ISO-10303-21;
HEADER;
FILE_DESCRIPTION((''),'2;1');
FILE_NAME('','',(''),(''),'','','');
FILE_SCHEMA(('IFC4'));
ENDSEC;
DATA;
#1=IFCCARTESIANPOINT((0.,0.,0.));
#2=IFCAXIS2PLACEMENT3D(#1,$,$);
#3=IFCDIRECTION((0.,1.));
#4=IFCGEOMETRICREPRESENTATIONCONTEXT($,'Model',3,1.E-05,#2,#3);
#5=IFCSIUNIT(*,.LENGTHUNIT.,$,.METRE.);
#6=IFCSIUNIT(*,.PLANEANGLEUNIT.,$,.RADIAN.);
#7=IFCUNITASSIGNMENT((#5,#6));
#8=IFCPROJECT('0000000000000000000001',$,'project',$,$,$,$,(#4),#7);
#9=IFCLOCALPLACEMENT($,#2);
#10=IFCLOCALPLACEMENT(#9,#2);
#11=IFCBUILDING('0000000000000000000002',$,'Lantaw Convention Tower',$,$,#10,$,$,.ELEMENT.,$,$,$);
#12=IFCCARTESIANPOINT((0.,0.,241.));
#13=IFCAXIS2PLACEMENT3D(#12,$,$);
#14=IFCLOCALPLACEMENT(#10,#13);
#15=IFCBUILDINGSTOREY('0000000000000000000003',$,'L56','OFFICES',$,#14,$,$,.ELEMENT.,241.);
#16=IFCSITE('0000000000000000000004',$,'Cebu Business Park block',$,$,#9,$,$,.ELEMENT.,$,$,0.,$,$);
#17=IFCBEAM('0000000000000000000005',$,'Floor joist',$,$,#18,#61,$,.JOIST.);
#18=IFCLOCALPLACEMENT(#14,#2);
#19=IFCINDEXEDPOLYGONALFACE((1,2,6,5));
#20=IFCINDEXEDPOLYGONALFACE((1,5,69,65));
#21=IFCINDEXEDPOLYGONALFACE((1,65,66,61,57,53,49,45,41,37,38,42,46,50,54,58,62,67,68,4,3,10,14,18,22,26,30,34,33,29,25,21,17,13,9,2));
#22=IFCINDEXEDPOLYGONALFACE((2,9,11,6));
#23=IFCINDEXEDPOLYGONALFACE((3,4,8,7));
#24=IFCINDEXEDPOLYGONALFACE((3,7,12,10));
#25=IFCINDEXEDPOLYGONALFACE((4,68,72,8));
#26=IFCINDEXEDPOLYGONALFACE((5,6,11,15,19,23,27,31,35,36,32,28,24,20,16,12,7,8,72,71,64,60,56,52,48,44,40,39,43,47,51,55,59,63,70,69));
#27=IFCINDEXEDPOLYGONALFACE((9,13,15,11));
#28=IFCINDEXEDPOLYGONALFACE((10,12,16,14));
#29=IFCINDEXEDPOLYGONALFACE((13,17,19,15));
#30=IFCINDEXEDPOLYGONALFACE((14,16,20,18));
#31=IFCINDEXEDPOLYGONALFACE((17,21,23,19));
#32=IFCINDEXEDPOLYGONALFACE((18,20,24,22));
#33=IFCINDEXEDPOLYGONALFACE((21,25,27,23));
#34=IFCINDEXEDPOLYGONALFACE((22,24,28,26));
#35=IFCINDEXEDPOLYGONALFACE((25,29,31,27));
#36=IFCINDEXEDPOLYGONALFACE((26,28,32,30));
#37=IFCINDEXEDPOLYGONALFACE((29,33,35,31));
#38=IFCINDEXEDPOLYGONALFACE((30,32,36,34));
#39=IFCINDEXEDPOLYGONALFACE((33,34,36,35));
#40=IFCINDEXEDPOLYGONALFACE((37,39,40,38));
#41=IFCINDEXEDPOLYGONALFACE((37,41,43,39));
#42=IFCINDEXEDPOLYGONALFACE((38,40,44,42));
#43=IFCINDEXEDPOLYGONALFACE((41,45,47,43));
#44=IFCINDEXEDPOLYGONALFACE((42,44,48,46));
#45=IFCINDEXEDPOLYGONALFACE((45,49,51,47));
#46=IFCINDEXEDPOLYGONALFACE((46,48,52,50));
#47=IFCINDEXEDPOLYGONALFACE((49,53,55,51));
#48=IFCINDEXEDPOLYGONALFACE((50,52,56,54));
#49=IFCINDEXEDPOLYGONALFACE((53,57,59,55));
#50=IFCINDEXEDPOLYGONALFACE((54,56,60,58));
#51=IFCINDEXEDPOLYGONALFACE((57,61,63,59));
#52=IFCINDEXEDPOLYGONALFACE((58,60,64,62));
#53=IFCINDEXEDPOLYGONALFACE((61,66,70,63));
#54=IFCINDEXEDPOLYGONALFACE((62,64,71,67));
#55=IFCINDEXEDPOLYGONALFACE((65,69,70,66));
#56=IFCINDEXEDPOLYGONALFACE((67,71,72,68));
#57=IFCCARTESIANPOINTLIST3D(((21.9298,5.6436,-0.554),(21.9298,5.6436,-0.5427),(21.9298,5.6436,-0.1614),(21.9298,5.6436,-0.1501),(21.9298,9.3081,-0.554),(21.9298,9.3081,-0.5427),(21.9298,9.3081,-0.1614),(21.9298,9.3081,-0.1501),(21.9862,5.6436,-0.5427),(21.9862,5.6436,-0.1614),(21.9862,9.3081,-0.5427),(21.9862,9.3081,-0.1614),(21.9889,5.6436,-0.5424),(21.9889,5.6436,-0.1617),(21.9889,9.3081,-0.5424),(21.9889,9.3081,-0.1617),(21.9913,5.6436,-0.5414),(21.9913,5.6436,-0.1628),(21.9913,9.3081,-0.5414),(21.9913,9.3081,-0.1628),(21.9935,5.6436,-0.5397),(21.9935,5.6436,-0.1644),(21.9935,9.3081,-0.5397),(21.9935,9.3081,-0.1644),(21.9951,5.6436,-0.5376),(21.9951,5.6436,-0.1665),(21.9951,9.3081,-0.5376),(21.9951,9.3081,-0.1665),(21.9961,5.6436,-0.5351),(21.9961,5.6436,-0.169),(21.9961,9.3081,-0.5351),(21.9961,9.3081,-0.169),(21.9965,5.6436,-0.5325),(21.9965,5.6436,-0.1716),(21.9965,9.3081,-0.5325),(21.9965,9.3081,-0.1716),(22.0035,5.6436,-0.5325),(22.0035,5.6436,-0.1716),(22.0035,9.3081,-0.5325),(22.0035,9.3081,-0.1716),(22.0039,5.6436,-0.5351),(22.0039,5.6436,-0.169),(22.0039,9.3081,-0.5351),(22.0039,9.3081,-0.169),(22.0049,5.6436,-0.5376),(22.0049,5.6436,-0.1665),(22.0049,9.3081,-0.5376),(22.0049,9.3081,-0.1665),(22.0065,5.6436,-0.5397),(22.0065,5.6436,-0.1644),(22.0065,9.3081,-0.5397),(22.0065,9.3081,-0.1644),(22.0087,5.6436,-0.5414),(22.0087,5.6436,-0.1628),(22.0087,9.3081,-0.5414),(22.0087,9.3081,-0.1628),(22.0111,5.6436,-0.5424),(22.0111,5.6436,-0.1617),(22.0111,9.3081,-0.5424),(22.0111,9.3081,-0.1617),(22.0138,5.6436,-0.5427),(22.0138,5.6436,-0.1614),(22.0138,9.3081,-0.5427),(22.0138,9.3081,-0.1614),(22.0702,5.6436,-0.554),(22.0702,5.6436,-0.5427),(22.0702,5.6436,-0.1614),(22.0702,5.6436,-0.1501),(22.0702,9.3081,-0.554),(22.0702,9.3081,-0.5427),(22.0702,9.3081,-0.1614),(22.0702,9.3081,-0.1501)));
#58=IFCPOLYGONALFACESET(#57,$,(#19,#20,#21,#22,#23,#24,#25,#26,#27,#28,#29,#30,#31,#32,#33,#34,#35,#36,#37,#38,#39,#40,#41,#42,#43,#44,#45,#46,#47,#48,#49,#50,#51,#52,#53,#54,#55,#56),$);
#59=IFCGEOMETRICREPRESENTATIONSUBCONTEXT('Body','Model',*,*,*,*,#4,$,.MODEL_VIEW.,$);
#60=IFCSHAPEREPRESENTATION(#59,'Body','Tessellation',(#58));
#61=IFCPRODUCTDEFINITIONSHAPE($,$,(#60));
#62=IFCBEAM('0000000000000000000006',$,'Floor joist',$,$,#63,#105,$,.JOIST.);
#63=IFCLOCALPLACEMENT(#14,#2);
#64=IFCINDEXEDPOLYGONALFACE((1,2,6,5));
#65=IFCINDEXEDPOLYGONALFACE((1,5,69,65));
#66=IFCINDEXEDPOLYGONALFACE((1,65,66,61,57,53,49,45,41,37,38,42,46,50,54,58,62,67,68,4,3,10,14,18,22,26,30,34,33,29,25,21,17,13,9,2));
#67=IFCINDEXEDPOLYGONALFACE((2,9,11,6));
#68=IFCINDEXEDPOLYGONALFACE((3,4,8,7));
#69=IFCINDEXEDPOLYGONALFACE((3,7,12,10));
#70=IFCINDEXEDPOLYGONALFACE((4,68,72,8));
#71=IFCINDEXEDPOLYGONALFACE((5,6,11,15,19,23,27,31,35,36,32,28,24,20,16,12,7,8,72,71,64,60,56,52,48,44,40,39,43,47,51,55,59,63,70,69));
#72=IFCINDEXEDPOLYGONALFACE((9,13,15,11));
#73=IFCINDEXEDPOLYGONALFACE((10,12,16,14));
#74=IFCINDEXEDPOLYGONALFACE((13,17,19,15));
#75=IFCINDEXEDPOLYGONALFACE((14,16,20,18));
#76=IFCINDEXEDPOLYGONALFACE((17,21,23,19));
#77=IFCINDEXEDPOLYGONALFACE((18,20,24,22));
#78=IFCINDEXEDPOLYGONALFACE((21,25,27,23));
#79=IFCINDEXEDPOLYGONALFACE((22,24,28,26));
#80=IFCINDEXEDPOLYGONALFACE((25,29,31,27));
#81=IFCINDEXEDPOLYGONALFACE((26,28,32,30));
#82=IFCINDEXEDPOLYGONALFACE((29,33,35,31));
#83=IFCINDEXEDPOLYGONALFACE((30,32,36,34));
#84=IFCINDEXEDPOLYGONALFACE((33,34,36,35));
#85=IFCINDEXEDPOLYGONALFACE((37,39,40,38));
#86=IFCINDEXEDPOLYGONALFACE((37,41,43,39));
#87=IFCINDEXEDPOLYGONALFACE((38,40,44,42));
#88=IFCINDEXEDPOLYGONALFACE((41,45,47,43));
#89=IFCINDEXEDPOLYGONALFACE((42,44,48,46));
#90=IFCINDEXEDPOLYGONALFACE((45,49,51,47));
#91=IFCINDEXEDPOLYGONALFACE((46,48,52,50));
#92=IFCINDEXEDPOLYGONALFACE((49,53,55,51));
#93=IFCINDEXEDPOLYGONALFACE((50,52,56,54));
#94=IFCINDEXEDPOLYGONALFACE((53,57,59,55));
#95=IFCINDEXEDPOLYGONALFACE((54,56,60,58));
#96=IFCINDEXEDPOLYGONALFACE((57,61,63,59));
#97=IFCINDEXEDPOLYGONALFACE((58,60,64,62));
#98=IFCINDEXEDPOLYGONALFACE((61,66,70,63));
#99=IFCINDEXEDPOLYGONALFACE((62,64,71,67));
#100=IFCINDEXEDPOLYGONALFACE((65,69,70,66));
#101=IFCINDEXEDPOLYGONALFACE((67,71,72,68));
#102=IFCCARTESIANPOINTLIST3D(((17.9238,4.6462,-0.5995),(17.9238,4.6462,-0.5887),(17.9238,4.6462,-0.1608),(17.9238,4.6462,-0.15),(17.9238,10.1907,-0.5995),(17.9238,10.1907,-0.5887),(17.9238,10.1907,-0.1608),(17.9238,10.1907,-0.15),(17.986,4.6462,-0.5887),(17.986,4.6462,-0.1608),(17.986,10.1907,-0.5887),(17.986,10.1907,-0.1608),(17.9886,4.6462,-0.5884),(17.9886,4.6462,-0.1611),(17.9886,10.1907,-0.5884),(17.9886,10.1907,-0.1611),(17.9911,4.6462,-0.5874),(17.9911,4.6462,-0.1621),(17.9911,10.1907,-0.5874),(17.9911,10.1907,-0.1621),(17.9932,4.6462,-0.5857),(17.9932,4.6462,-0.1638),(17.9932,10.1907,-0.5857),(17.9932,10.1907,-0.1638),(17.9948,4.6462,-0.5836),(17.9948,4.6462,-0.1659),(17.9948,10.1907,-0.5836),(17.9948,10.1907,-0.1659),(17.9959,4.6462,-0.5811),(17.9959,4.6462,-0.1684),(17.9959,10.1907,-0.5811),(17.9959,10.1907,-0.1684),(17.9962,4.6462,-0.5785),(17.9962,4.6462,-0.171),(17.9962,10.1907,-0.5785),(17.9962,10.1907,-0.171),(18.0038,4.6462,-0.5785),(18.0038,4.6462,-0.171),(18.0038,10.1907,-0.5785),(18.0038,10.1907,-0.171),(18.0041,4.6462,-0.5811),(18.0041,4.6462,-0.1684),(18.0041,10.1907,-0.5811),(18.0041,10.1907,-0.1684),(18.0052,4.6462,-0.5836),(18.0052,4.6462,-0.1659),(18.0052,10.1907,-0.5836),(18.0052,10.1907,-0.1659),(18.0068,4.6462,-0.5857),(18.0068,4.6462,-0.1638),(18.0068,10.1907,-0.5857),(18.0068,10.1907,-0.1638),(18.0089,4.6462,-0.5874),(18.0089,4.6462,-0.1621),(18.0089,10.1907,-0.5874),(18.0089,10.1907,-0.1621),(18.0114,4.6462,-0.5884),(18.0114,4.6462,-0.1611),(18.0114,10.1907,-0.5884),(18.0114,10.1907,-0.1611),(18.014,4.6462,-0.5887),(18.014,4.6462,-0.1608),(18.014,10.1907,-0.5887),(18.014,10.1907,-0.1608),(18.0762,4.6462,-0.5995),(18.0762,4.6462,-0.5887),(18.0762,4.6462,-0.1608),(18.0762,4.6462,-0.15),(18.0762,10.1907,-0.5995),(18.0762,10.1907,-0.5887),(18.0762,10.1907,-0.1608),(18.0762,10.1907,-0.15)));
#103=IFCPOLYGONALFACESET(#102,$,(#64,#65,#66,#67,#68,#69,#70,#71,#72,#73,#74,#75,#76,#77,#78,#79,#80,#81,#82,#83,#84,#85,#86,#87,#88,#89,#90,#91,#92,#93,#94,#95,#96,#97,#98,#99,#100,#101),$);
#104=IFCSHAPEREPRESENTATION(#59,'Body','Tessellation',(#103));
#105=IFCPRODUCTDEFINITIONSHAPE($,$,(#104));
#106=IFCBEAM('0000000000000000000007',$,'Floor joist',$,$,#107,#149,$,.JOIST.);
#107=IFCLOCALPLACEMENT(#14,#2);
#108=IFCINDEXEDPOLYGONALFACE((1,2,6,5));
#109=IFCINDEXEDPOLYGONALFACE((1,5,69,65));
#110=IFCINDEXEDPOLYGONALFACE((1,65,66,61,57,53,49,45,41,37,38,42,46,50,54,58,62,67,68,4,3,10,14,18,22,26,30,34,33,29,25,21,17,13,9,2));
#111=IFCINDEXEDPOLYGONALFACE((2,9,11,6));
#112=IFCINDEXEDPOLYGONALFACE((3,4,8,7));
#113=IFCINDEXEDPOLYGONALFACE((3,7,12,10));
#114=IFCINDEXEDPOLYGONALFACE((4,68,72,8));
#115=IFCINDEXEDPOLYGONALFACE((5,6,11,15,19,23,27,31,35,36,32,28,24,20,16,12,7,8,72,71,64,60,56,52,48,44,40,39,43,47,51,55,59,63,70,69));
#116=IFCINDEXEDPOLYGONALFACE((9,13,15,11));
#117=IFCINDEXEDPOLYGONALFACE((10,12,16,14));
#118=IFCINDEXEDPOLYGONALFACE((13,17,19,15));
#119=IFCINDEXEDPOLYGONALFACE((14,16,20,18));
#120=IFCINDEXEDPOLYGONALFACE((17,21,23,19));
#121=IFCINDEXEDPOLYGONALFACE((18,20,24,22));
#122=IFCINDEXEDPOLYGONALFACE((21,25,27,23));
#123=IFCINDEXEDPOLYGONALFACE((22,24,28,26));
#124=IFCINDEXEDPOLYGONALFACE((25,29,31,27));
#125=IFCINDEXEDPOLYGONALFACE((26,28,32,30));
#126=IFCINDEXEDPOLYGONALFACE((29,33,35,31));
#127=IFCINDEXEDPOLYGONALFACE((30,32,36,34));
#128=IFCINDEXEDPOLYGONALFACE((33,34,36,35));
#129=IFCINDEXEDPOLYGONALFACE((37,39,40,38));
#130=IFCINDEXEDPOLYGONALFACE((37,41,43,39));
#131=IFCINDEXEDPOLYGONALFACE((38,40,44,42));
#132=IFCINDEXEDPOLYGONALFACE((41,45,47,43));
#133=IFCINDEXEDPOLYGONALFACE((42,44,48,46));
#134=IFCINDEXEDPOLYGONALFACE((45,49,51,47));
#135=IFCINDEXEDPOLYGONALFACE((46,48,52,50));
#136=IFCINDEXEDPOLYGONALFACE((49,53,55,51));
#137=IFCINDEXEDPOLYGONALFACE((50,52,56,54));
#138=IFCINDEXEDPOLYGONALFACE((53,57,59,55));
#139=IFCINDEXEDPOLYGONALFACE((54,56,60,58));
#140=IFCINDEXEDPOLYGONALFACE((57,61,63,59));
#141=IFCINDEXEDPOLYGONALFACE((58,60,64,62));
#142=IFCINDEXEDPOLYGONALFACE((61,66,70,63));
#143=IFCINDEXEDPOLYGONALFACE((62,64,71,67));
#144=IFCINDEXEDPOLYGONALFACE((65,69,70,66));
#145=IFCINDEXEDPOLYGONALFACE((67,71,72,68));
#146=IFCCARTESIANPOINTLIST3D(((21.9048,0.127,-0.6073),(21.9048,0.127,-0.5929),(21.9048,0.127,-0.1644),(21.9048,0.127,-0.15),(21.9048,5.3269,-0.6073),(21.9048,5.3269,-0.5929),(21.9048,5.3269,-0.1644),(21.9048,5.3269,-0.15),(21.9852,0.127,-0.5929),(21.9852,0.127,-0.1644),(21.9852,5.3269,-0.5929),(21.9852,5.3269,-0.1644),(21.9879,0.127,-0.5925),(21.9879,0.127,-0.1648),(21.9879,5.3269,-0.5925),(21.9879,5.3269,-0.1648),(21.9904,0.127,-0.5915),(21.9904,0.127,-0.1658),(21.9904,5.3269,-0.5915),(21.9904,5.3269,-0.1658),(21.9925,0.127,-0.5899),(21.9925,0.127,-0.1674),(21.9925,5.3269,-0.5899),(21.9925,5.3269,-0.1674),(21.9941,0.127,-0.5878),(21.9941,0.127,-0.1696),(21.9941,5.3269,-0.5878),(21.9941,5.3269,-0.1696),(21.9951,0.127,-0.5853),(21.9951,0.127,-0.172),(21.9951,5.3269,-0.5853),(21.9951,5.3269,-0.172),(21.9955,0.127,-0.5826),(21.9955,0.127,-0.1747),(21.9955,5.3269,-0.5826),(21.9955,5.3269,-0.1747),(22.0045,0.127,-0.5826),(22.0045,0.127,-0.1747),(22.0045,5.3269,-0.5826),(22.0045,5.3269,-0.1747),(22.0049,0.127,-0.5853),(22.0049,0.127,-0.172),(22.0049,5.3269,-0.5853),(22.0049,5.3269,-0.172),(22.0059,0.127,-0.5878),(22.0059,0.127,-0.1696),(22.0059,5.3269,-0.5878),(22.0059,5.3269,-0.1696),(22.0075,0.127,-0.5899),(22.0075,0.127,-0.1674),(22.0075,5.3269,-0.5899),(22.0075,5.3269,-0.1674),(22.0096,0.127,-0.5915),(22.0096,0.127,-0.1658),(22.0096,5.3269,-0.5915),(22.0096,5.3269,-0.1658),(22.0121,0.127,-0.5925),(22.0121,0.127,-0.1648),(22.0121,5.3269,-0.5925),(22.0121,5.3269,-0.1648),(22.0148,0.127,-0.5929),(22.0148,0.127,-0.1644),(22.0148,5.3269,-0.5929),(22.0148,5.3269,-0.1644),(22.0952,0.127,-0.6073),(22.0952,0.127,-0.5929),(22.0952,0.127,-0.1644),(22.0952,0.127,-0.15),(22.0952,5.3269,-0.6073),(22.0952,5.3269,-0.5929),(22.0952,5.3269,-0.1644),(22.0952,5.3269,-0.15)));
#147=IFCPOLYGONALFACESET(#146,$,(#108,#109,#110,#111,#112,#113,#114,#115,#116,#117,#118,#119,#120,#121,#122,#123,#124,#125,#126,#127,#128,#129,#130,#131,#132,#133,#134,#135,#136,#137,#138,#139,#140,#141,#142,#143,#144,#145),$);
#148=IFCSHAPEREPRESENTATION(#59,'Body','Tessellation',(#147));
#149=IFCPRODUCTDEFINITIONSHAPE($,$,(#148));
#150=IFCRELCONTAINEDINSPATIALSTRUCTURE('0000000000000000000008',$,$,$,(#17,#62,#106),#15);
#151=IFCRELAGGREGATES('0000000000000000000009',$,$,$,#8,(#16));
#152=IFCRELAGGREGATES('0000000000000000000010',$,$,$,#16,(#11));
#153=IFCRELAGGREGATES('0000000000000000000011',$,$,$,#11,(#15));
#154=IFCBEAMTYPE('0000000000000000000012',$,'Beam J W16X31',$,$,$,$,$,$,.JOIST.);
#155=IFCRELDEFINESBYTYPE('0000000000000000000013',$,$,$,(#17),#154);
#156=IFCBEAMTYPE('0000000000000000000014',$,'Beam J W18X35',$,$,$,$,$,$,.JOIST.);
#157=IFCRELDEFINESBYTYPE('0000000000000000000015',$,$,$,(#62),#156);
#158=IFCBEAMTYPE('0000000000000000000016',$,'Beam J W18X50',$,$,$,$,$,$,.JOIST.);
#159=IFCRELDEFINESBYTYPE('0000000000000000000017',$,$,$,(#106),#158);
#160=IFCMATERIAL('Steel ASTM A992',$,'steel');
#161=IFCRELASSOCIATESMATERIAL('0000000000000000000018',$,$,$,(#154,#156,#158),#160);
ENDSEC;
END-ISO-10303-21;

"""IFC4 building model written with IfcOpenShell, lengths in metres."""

from ifc_helpers import new_model, si_unit, direction, frame, origin, origin_2d, place, context, subcontext, project, spatial, i_section, extrude, material, material_profile, profile_set, type_object, element, save


model = new_model("IFC4")

# Units and contexts
model_context = context("Model", 3, precision=1e-05, world=origin(), true_north=direction((0.0, 1.0)))
body_context = subcontext(model_context, "Body", "Model", "MODEL_VIEW")
ifc_project = project(units=[si_unit("LENGTHUNIT", "METRE"), si_unit("PLANEANGLEUNIT", "RADIAN")], contexts=[model_context])

# Site, building, storey
site_placement = place(None, origin())
site = spatial("IfcSite", under=ifc_project, at=site_placement, Name="Cebu Business Park block", CompositionType="ELEMENT", RefElevation=0.0)
building_placement = place(site_placement, origin())
building = spatial("IfcBuilding", under=site, at=building_placement, Name="Lantaw Convention Tower", CompositionType="ELEMENT")
storey_placement = place(building_placement, frame((0.0, 0.0, 241.0)))
storey = spatial("IfcBuildingStorey", under=building, at=storey_placement, Name="L56", Description="OFFICES", CompositionType="ELEMENT", Elevation=241.0)

# Beams
ifc_material_1 = material(Name="Steel ASTM A992", Category="steel")
ifc_material_profile_1 = material_profile(ifc_material_1, i_section(OverallWidth=0.1404, OverallDepth=0.4038, WebThickness=0.0071, FlangeThickness=0.0112, FilletRadius=0.0103, at=origin_2d()), Name="W16X31")
ifc_profile_set_1 = profile_set([ifc_material_profile_1], Name="Steel ASTM A992")
beam_type_1 = type_object("IfcBeamType", Name="Beam J W16X31", PredefinedType="JOIST", material=ifc_profile_set_1)
beam_1_placement = place(storey_placement, frame((22.0, 5.6436, -0.3521), z_axis=(0.0, 1.0, 0.0), x_axis=(-1.0, 0.0, 0.0)))
element("IfcBeam", 1, at=beam_1_placement, inside=storey, type_object=beam_type_1, Name="Floor joist", PredefinedType="JOIST", context=body_context, shape_type="SweptSolid", body=[
    extrude(i_section(OverallWidth=0.1404, OverallDepth=0.4038, WebThickness=0.0071, FlangeThickness=0.0112, FilletRadius=0.0103, at=origin_2d()), origin(), (0.0, 0.0, 1.0), 3.6646),
])
ifc_material_profile_2 = material_profile(ifc_material_1, i_section(OverallWidth=0.1523, OverallDepth=0.4495, WebThickness=0.0076, FlangeThickness=0.0107, FilletRadius=0.0103, at=origin_2d()), Name="W18X35")
ifc_profile_set_2 = profile_set([ifc_material_profile_2], Name="Steel ASTM A992")
beam_type_2 = type_object("IfcBeamType", Name="Beam J W18X35", PredefinedType="JOIST", material=ifc_profile_set_2)
beam_2_placement = place(storey_placement, frame((18.0, 4.6462, -0.3748), z_axis=(0.0, 1.0, 0.0), x_axis=(-1.0, 0.0, 0.0)))
element("IfcBeam", 2, at=beam_2_placement, inside=storey, type_object=beam_type_2, Name="Floor joist", PredefinedType="JOIST", context=body_context, shape_type="SweptSolid", body=[
    extrude(i_section(OverallWidth=0.1523, OverallDepth=0.4495, WebThickness=0.0076, FlangeThickness=0.0107, FilletRadius=0.0103, at=origin_2d()), origin(), (0.0, 0.0, 1.0), 5.5444),
])
ifc_material_profile_3 = material_profile(ifc_material_1, i_section(OverallWidth=0.1904, OverallDepth=0.4573, WebThickness=0.009, FlangeThickness=0.0144, FilletRadius=0.0103, at=origin_2d()), Name="W18X50")
ifc_profile_set_3 = profile_set([ifc_material_profile_3], Name="Steel ASTM A992")
beam_type_3 = type_object("IfcBeamType", Name="Beam J W18X50", PredefinedType="JOIST", material=ifc_profile_set_3)
beam_3_placement = place(storey_placement, frame((22.0, 0.127, -0.3787), z_axis=(0.0, 1.0, 0.0), x_axis=(-1.0, 0.0, 0.0)))
element("IfcBeam", 3, at=beam_3_placement, inside=storey, type_object=beam_type_3, Name="Floor joist", PredefinedType="JOIST", context=body_context, shape_type="SweptSolid", body=[
    extrude(i_section(OverallWidth=0.1904, OverallDepth=0.4573, WebThickness=0.009, FlangeThickness=0.0144, FilletRadius=0.0103, at=origin_2d()), origin(), (0.0, 0.0, 1.0), 5.2),
])

save(model, "model.ifc")
